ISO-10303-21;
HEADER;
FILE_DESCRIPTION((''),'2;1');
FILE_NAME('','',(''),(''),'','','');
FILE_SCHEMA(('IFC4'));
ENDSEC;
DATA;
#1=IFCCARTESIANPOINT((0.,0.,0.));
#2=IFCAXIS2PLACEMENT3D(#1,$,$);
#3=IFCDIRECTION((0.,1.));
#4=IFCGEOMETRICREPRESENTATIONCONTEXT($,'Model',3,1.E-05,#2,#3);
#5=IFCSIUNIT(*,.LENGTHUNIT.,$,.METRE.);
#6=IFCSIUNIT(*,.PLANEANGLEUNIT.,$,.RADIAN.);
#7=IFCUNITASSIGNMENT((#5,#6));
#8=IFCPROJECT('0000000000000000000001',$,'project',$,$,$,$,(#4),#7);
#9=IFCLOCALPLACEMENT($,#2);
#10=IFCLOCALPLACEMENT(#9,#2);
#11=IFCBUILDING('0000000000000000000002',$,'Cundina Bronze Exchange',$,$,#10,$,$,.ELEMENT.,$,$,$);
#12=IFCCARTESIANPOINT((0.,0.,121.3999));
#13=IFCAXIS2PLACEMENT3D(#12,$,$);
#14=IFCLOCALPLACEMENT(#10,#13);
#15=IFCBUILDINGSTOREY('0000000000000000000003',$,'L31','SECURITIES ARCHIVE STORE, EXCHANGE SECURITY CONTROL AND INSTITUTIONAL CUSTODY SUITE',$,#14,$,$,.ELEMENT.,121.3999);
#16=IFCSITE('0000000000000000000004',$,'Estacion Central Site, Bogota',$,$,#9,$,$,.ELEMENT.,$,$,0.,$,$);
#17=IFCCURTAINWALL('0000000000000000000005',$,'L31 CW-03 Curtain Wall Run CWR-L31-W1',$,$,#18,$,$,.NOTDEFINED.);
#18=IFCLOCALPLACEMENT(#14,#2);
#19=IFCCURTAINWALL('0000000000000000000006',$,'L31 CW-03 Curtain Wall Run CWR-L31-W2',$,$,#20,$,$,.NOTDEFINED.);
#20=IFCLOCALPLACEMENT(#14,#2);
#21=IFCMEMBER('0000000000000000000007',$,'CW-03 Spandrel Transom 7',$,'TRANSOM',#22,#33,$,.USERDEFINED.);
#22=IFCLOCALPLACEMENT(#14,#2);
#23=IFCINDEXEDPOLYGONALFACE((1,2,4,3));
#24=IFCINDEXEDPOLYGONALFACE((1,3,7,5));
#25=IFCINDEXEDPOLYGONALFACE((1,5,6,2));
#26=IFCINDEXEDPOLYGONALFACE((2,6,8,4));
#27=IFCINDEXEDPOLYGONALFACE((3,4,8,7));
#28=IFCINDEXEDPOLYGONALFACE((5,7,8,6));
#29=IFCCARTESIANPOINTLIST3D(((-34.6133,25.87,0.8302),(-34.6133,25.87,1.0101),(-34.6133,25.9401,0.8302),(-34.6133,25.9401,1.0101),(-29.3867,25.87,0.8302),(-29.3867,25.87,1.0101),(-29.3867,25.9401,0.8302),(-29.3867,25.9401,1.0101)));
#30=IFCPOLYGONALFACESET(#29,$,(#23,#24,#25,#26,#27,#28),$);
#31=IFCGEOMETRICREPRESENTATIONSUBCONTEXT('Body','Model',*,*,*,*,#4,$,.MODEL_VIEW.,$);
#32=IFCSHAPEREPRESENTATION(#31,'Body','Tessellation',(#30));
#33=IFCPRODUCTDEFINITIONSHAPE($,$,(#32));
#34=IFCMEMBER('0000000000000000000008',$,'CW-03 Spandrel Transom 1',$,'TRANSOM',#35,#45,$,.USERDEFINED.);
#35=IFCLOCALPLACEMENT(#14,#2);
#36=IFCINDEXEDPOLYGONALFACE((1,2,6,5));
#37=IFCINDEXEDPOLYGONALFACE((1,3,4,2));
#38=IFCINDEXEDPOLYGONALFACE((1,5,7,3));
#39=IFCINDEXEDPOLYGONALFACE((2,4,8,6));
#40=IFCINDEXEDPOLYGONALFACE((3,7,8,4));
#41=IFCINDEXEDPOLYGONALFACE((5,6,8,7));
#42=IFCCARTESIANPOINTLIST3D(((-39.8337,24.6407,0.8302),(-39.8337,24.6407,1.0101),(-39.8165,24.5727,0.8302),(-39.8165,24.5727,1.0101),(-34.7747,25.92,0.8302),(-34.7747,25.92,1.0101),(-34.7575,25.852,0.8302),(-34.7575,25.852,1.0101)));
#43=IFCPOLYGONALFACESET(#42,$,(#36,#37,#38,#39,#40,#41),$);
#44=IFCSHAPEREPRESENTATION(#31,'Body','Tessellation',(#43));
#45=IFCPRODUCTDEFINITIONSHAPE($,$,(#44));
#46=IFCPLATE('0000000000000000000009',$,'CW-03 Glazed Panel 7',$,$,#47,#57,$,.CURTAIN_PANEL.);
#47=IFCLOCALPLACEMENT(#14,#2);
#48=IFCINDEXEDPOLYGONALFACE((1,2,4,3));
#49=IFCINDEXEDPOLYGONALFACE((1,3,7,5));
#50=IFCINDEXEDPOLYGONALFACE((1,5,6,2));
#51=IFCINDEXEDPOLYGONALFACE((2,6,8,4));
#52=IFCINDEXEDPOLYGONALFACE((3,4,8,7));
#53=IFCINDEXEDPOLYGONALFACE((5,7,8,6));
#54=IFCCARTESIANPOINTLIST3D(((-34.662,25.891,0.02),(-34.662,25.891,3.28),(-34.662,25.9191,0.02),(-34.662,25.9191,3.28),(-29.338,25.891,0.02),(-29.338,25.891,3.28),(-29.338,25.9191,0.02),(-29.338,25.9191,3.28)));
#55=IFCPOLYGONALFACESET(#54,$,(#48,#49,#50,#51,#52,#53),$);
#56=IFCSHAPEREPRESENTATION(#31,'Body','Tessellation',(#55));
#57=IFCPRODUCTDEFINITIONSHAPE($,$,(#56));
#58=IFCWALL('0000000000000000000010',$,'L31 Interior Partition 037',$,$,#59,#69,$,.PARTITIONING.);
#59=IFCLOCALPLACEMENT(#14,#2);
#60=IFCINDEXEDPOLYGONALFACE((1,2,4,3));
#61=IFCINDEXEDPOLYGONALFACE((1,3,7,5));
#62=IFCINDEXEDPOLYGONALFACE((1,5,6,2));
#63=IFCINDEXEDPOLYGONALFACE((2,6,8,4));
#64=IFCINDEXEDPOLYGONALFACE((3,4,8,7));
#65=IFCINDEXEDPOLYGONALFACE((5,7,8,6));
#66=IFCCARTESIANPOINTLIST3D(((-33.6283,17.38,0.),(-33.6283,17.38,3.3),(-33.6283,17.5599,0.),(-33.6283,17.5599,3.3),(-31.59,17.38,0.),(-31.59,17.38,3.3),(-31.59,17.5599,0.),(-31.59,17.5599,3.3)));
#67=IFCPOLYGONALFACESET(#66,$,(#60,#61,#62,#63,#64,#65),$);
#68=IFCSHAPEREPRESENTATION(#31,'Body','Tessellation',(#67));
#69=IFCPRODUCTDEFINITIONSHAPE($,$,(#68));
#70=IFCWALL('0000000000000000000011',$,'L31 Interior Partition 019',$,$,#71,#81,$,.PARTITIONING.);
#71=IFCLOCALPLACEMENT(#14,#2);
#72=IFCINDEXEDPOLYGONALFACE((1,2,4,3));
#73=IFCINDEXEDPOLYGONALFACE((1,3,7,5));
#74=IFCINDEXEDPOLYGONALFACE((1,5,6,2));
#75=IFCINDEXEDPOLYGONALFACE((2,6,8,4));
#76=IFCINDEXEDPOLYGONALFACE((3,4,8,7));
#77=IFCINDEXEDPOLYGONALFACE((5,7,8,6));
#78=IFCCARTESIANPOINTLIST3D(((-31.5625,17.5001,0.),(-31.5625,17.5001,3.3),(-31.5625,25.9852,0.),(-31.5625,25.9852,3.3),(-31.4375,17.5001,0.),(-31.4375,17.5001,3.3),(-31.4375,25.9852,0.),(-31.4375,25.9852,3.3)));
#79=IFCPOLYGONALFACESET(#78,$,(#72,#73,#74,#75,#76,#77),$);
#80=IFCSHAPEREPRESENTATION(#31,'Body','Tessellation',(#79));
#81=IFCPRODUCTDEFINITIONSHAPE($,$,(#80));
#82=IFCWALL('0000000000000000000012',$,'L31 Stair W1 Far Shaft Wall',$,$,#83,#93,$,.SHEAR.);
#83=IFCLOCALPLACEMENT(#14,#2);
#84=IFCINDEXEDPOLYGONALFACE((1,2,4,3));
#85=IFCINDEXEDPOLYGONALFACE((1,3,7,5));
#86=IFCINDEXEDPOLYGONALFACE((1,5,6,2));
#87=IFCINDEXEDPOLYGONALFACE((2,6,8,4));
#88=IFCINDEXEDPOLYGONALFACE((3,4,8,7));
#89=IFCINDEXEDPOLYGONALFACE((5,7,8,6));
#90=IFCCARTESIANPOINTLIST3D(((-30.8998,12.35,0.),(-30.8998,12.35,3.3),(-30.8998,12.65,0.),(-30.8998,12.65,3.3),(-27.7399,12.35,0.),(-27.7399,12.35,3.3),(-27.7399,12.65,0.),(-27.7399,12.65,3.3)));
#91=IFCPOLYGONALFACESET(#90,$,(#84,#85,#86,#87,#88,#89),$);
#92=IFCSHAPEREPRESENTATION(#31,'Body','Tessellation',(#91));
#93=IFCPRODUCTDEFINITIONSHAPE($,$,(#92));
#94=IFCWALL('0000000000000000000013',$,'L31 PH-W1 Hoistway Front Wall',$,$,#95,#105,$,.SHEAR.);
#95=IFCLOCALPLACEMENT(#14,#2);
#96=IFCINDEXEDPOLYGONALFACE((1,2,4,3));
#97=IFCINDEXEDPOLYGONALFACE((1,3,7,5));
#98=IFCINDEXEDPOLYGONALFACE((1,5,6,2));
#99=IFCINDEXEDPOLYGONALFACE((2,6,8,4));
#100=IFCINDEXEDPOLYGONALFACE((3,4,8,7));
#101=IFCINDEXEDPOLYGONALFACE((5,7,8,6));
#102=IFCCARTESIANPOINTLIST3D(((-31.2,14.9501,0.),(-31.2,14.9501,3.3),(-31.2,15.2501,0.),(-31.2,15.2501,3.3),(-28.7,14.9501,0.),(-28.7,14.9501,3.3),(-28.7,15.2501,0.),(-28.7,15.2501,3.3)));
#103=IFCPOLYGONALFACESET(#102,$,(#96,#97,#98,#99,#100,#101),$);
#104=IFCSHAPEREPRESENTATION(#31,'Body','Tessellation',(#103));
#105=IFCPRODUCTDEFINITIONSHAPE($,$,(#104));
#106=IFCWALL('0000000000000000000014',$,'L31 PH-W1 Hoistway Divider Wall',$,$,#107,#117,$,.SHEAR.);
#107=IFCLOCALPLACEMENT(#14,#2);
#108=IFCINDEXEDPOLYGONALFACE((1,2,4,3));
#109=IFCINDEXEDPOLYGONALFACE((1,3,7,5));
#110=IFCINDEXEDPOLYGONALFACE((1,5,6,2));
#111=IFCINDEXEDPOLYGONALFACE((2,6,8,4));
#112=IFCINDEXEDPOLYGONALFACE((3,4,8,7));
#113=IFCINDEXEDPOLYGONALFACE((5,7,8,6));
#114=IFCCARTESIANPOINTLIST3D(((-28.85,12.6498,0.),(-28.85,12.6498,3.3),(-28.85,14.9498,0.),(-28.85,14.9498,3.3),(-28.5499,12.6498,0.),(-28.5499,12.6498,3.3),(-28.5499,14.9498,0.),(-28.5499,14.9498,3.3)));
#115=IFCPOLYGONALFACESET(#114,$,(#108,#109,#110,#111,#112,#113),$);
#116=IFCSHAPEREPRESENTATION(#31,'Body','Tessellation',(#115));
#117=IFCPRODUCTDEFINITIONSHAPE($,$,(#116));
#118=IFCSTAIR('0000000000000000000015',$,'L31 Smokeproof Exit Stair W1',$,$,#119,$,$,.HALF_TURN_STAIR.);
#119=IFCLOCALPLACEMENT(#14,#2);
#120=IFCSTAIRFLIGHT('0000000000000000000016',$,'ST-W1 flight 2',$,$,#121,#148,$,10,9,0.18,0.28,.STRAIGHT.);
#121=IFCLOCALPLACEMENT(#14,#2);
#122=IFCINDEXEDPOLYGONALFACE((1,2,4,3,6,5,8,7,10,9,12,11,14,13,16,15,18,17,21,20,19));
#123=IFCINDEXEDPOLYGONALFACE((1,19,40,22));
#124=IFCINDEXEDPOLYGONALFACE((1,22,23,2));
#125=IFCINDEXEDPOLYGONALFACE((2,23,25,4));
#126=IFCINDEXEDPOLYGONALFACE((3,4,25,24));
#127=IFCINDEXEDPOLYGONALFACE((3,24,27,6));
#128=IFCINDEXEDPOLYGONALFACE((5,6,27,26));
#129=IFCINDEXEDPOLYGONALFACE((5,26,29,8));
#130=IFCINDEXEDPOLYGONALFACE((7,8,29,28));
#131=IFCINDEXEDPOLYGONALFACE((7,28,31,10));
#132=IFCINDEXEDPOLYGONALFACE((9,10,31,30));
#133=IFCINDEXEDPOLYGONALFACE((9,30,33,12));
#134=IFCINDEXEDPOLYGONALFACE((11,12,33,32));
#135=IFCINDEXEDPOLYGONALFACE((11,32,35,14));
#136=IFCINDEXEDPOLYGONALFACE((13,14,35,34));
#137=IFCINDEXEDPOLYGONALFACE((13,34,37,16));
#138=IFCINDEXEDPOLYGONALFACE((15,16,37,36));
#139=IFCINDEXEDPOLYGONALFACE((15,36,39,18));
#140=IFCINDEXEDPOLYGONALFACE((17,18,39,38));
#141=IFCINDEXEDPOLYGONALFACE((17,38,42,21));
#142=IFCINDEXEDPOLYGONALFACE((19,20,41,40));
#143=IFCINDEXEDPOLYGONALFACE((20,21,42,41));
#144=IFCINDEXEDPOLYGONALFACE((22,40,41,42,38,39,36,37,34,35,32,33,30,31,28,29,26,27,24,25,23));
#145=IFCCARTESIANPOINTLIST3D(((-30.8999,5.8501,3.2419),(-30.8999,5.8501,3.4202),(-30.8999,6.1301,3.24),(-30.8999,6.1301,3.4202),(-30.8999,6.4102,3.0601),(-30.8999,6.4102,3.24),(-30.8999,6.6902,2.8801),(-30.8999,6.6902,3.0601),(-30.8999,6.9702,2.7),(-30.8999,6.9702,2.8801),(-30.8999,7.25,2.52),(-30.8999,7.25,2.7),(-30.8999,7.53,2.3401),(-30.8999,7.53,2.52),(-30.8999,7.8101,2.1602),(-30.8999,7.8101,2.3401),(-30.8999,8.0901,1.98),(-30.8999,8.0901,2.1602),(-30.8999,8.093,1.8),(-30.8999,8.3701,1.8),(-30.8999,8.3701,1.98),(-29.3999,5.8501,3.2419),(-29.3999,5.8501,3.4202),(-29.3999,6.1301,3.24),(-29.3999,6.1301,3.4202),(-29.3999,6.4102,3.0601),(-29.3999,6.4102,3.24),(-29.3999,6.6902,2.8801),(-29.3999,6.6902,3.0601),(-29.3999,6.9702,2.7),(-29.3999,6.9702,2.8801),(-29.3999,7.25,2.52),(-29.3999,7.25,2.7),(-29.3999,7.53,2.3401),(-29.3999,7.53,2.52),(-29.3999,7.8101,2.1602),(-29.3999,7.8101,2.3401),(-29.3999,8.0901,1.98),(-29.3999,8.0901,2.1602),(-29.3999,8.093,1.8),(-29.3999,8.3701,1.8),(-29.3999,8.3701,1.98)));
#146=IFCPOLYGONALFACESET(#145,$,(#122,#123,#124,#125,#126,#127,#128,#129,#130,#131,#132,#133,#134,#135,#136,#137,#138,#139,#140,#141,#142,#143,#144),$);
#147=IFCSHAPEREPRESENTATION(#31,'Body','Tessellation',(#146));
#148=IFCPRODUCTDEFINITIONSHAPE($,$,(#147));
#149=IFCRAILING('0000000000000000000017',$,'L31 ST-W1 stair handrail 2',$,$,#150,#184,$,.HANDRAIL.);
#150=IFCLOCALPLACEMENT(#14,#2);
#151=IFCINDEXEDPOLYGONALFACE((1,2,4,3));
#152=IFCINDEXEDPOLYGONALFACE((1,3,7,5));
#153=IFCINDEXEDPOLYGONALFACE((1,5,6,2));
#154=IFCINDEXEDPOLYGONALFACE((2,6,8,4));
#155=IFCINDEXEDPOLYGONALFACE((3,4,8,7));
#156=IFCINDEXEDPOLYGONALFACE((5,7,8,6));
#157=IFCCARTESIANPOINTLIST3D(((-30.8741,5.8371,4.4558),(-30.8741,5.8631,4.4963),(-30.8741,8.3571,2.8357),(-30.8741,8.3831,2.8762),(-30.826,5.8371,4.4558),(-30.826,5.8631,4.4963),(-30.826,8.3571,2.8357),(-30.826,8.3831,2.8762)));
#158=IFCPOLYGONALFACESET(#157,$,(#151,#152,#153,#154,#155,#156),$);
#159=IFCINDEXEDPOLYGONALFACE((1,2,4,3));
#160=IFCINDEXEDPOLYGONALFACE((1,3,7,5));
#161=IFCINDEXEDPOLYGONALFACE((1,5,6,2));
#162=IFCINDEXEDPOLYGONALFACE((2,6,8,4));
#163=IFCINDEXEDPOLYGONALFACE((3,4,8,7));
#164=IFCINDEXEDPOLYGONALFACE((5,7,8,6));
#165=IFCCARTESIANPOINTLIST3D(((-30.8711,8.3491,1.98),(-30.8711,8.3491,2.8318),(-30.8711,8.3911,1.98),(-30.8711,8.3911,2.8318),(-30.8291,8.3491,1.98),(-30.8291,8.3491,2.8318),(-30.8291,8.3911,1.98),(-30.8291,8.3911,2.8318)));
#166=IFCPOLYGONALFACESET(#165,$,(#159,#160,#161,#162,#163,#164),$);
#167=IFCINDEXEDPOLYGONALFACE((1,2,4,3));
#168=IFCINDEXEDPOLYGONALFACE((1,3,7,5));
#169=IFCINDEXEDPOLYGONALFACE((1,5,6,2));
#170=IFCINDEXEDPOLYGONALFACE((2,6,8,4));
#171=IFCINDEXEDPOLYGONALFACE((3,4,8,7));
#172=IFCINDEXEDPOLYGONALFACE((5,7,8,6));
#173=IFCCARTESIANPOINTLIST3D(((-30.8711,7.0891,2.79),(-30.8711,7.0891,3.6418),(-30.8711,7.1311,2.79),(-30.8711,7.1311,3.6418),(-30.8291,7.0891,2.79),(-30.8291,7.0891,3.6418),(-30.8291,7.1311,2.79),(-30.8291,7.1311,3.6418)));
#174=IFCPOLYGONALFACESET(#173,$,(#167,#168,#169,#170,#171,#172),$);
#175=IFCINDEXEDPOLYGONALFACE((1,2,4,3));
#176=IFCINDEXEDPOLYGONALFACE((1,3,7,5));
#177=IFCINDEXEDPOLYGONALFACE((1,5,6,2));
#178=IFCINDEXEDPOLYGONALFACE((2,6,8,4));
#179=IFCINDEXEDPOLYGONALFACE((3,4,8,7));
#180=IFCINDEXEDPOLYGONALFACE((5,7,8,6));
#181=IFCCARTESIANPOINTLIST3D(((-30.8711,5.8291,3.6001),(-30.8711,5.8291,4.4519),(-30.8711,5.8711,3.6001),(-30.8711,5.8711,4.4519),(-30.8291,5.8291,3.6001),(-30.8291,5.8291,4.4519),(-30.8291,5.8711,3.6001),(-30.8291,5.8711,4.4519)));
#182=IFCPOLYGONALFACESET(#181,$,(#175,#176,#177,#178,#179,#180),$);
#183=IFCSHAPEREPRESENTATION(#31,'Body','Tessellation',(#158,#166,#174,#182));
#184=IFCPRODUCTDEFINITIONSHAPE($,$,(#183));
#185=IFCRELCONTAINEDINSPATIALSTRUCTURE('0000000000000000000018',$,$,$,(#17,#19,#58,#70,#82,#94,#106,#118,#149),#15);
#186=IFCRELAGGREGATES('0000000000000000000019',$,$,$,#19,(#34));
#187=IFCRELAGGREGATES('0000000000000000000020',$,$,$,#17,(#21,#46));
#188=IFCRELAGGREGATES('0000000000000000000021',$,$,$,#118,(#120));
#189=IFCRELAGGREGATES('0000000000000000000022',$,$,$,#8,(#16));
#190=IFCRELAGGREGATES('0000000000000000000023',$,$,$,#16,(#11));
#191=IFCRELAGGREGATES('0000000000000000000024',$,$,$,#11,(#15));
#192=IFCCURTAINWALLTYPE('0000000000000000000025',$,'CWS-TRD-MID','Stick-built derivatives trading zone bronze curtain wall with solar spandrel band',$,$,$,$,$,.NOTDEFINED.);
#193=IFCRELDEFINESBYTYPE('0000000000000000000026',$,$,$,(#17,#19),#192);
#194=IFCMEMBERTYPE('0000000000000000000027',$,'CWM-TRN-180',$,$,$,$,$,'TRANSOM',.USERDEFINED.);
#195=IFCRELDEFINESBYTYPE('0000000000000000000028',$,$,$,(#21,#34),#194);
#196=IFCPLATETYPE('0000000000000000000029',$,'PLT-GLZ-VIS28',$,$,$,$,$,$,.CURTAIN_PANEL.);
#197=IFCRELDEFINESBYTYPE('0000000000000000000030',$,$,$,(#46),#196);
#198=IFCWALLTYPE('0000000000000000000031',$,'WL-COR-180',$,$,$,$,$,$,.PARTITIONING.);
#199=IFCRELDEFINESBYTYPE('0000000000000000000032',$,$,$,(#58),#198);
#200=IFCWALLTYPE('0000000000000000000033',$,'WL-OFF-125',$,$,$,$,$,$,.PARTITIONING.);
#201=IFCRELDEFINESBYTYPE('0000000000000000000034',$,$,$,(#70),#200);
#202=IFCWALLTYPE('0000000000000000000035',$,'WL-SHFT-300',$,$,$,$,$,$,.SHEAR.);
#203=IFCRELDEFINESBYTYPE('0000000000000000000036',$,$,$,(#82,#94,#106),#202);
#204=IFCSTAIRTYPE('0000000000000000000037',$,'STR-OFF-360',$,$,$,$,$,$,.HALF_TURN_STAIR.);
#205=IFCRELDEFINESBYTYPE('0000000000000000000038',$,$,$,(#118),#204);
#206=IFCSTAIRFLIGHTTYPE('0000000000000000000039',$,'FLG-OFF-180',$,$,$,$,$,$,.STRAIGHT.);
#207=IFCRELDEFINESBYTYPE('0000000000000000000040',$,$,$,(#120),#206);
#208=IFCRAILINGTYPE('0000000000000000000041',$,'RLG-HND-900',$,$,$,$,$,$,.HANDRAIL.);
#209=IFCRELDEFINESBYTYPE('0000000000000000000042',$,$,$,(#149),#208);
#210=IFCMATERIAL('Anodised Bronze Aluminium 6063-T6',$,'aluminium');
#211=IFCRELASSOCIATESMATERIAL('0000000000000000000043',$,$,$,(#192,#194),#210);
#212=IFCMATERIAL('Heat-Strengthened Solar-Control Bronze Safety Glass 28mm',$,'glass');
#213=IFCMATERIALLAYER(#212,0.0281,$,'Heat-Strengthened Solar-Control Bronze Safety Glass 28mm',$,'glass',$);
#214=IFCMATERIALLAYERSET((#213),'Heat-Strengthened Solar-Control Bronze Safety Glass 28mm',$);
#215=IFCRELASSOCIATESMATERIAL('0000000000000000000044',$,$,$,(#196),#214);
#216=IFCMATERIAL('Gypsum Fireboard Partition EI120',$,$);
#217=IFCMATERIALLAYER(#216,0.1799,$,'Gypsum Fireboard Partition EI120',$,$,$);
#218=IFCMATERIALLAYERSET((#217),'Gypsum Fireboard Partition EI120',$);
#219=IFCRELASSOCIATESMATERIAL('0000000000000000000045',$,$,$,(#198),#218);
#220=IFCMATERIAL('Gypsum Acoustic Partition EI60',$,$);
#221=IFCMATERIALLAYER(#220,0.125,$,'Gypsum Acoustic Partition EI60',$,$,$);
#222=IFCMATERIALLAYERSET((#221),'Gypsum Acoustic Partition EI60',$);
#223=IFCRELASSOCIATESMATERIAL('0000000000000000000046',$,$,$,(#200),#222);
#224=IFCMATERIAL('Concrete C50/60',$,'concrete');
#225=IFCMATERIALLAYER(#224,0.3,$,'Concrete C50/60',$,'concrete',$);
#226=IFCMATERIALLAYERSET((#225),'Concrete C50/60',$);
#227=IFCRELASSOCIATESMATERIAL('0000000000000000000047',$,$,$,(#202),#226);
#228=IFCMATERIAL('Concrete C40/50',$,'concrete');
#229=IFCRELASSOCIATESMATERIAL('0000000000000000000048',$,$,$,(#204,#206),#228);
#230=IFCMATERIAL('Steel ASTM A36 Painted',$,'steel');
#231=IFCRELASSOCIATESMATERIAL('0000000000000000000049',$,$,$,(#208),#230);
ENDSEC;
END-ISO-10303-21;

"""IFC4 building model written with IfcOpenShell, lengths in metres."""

from ifc_helpers import new_model, si_unit, direction, frame, frame_2d, origin, origin_2d, place, context, subcontext, project, spatial, polyline, rectangle, outline, extrude, material, layer, layer_set, material_profile, profile_set, type_object, element, aggregate, save


model = new_model("IFC4")

# Units and contexts
model_context = context("Model", 3, precision=1e-05, world=origin(), true_north=direction((0.0, 1.0)))
body_context = subcontext(model_context, "Body", "Model", "MODEL_VIEW")
ifc_project = project(units=[si_unit("LENGTHUNIT", "METRE"), si_unit("PLANEANGLEUNIT", "RADIAN")], contexts=[model_context])

# Site, building, storey
site_placement = place(None, origin())
site = spatial("IfcSite", under=ifc_project, at=site_placement, Name="Estacion Central Site, Bogota", CompositionType="ELEMENT", RefElevation=0.0)
building_placement = place(site_placement, origin())
building = spatial("IfcBuilding", under=site, at=building_placement, Name="Cundina Bronze Exchange", CompositionType="ELEMENT")
storey_placement = place(building_placement, frame((0.0, 0.0, 121.3999)))
storey = spatial("IfcBuildingStorey", under=building, at=storey_placement, Name="L31", Description="SECURITIES ARCHIVE STORE, EXCHANGE SECURITY CONTROL AND INSTITUTIONAL CUSTODY SUITE", CompositionType="ELEMENT", Elevation=121.3999)

# Curtain wall
ifc_material_1 = material(Name="Anodised Bronze Aluminium 6063-T6", Category="aluminium")
curtain_wall_type = type_object("IfcCurtainWallType", Name="CWS-TRD-MID", Description="Stick-built derivatives trading zone bronze curtain wall with solar spandrel band", PredefinedType="NOTDEFINED", material=ifc_material_1)
curtain_wall_1_placement = place(storey_placement, origin())
curtain_wall_1 = element("IfcCurtainWall", 1, at=curtain_wall_1_placement, inside=storey, type_object=curtain_wall_type, Name="L31 CW-03 Curtain Wall Run CWR-L31-W1", PredefinedType="NOTDEFINED")

# Curtain wall
curtain_wall_2_placement = place(storey_placement, origin())
curtain_wall_2 = element("IfcCurtainWall", 2, at=curtain_wall_2_placement, inside=storey, type_object=curtain_wall_type, Name="L31 CW-03 Curtain Wall Run CWR-L31-W2", PredefinedType="NOTDEFINED")

# Members
ifc_material_profile_1 = material_profile(ifc_material_1, rectangle(XDim=0.0701, YDim=0.1799, at=origin_2d()), Name="AL70X180", Category="aluminium")
ifc_profile_set_1 = profile_set([ifc_material_profile_1], Name="Anodised Bronze Aluminium 6063-T6")
member_type_1 = type_object("IfcMemberType", Name="CWM-TRN-180", ElementType="TRANSOM", PredefinedType="USERDEFINED", material=ifc_profile_set_1)
member_1_placement = place(storey_placement, frame((-29.3867, 25.905, 0.9202), z_axis=(-1.0, 0.0, 0.0), x_axis=(0.0, -1.0, 0.0)))
member_1 = element("IfcMember", 3, at=member_1_placement, type_object=member_type_1, Name="CW-03 Spandrel Transom 7", ObjectType="TRANSOM", PredefinedType="USERDEFINED", context=body_context, shape_type="SweptSolid", body=[
    extrude(rectangle(XDim=0.0701, YDim=0.1799, at=origin_2d()), origin(), (0.0, 0.0, 1.0), 5.2266),
])
member_2_placement = place(storey_placement, frame((-34.7661, 25.886, 0.9202), z_axis=(-0.969484, -0.245155, 0.0), x_axis=(0.245155, -0.969484, 0.0)))
member_2 = element("IfcMember", 4, at=member_2_placement, type_object=member_type_1, Name="CW-03 Spandrel Transom 1", ObjectType="TRANSOM", PredefinedType="USERDEFINED", context=body_context, shape_type="SweptSolid", body=[
    extrude(rectangle(XDim=0.0701, YDim=0.1799, at=origin_2d()), origin(), (0.0, 0.0, 1.0), 5.2183),
])
aggregate(curtain_wall_2, [member_2])

# Plate
ifc_material_2 = material(Name="Heat-Strengthened Solar-Control Bronze Safety Glass 28mm", Category="glass")
ifc_layer_1 = layer(ifc_material_2, 0.0281, Name="Heat-Strengthened Solar-Control Bronze Safety Glass 28mm", Category="glass")
ifc_layer_set_1 = layer_set([ifc_layer_1], Name="Heat-Strengthened Solar-Control Bronze Safety Glass 28mm")
plate_type = type_object("IfcPlateType", Name="PLT-GLZ-VIS28", PredefinedType="CURTAIN_PANEL", material=ifc_layer_set_1)
plate_placement = place(storey_placement, frame((-32.0, 25.905, 0.02), z_axis=(0.0, 0.0, 1.0), x_axis=(-1.0, 0.0, 0.0)))
plate = element("IfcPlate", 5, at=plate_placement, type_object=plate_type, Name="CW-03 Glazed Panel 7", PredefinedType="CURTAIN_PANEL", context=body_context, shape_type="SweptSolid", body=[
    extrude(rectangle(XDim=5.324, YDim=0.0281, at=origin_2d()), origin(), (0.0, 0.0, 1.0), 3.26),
])
aggregate(curtain_wall_1, [member_1, plate])

# Shared definitions
ifc_material_3 = material(Name="Gypsum Fireboard Partition EI120")
ifc_layer_2 = layer(ifc_material_3, 0.1799, Name="Gypsum Fireboard Partition EI120")
ifc_layer_set_2 = layer_set([ifc_layer_2], Name="Gypsum Fireboard Partition EI120")
wall_type_1 = type_object("IfcWallType", Name="WL-COR-180", PredefinedType="PARTITIONING", material=ifc_layer_set_2)

# Walls
wall_1_placement = place(storey_placement, frame((-31.5901, 17.47, 0.0), z_axis=(0.0, 0.0, 1.0), x_axis=(-1.0, 0.0, 0.0)))
element("IfcWall", 6, at=wall_1_placement, inside=storey, type_object=wall_type_1, Name="L31 Interior Partition 037", PredefinedType="PARTITIONING", context=body_context, shape_type="SweptSolid", body=[
    extrude(rectangle(XDim=2.0383, YDim=0.1799, at=frame_2d((1.019, 0.0))), origin(), (0.0, 0.0, 1.0), 3.3),
])
ifc_material_4 = material(Name="Gypsum Acoustic Partition EI60")
ifc_layer_3 = layer(ifc_material_4, 0.125, Name="Gypsum Acoustic Partition EI60")
ifc_layer_set_3 = layer_set([ifc_layer_3], Name="Gypsum Acoustic Partition EI60")
wall_type_2 = type_object("IfcWallType", Name="WL-OFF-125", PredefinedType="PARTITIONING", material=ifc_layer_set_3)
wall_2_placement = place(storey_placement, frame((-31.5, 17.5, 0.0), z_axis=(0.0, 0.0, 1.0), x_axis=(0.0, 1.0, 0.0)))
element("IfcWall", 7, at=wall_2_placement, inside=storey, type_object=wall_type_2, Name="L31 Interior Partition 019", PredefinedType="PARTITIONING", context=body_context, shape_type="SweptSolid", body=[
    extrude(rectangle(XDim=8.4851, YDim=0.125, at=frame_2d((4.2427, 0.0))), origin(), (0.0, 0.0, 1.0), 3.3),
])

# Shared definitions
ifc_material_5 = material(Name="Concrete C50/60", Category="concrete")
ifc_layer_4 = layer(ifc_material_5, 0.3, Name="Concrete C50/60", Category="concrete")
ifc_layer_set_4 = layer_set([ifc_layer_4], Name="Concrete C50/60")
wall_type_3 = type_object("IfcWallType", Name="WL-SHFT-300", PredefinedType="SHEAR", material=ifc_layer_set_4)
ifc_material_6 = material(Name="Steel ASTM A36 Painted", Category="steel")

# Walls
wall_3_placement = place(storey_placement, frame((-30.8999, 12.5, 0.0), z_axis=(0.0, 0.0, 1.0), x_axis=(1.0, 0.0, 0.0)))
element("IfcWall", 8, at=wall_3_placement, inside=storey, type_object=wall_type_3, Name="L31 Stair W1 Far Shaft Wall", PredefinedType="SHEAR", context=body_context, shape_type="SweptSolid", body=[
    extrude(rectangle(XDim=3.1599, YDim=0.3, at=frame_2d((1.5801, 0.0))), origin(), (0.0, 0.0, 1.0), 3.3),
])
wall_4_placement = place(storey_placement, frame((-31.2, 15.1001, 0.0), z_axis=(0.0, 0.0, 1.0), x_axis=(1.0, 0.0, 0.0)))
element("IfcWall", 9, at=wall_4_placement, inside=storey, type_object=wall_type_3, Name="L31 PH-W1 Hoistway Front Wall", PredefinedType="SHEAR", context=body_context, shape_type="SweptSolid", body=[
    extrude(rectangle(XDim=2.5, YDim=0.3, at=frame_2d((1.25, 0.0))), origin(), (0.0, 0.0, 1.0), 3.3),
])
wall_5_placement = place(storey_placement, frame((-28.7, 12.6499, 0.0), z_axis=(0.0, 0.0, 1.0), x_axis=(0.0, 1.0, 0.0)))
element("IfcWall", 10, at=wall_5_placement, inside=storey, type_object=wall_type_3, Name="L31 PH-W1 Hoistway Divider Wall", PredefinedType="SHEAR", context=body_context, shape_type="SweptSolid", body=[
    extrude(rectangle(XDim=2.3, YDim=0.3, at=frame_2d((1.1499, 0.0))), origin(), (0.0, 0.0, 1.0), 3.3),
])

# Stair, stair flight
ifc_material_7 = material(Name="Concrete C40/50", Category="concrete")
stair_type = type_object("IfcStairType", Name="STR-OFF-360", PredefinedType="HALF_TURN_STAIR", material=ifc_material_7)
stair_placement = place(storey_placement, origin())
stair = element("IfcStair", 11, at=stair_placement, inside=storey, type_object=stair_type, Name="L31 Smokeproof Exit Stair W1", PredefinedType="HALF_TURN_STAIR")
stair_flight_type = type_object("IfcStairFlightType", Name="FLG-OFF-180", PredefinedType="STRAIGHT", material=ifc_material_7)
stair_flight_placement = place(storey_placement, frame((-30.1499, 8.3701, 1.8), z_axis=(0.0, 0.0, 1.0), x_axis=(0.0, -1.0, 0.0)))
stair_flight = element("IfcStairFlight", 12, at=stair_flight_placement, type_object=stair_flight_type, Name="ST-W1 flight 2", NumberOfRisers=10, NumberOfTreads=9, PredefinedType="STRAIGHT", RiserHeight=0.18, TreadLength=0.28, context=body_context, shape_type="SweptSolid", body=[
    extrude(outline(polyline([(0.0, 0.0), (0.0, 0.1799), (0.28, 0.1799), (0.28, 0.3601), (0.5601, 0.3601), (0.5601, 0.54), (0.8401, 0.54), (0.8401, 0.72), (1.1201, 0.72), (1.1201, 0.8999), (1.3999, 0.8999), (1.3999, 1.0801), (1.6799, 1.0801), (1.6799, 1.26), (1.96, 1.26), (1.96, 1.4399), (2.24, 1.4399), (2.24, 1.6201), (2.52, 1.6201), (2.52, 1.8), (2.52, 1.4419), (0.2771, 0.0), (0.0, 0.0)])), frame((0.0, 0.75, 0.0), z_axis=(0.0, -1.0, 0.0), x_axis=(1.0, 0.0, 0.0)), (0.0, 0.0, 1.0), 1.5),
])
aggregate(stair, [stair_flight])

# Railing
railing_type_1 = type_object("IfcRailingType", Name="RLG-HND-900", PredefinedType="HANDRAIL", material=ifc_material_6)
railing_1_placement = place(storey_placement, frame((-30.8501, 8.3701, 1.98)))
element("IfcRailing", 13, at=railing_1_placement, inside=storey, type_object=railing_type_1, Name="L31 ST-W1 stair handrail 2", PredefinedType="HANDRAIL", context=body_context, shape_type="SweptSolid", body=[
    extrude(rectangle(XDim=0.0481, YDim=0.0481, at=origin_2d()), frame((0.0, 0.0, 0.876), z_axis=(0.0, -0.841163, 0.540782), x_axis=(1.0, 0.0, 0.0)), (0.0, 0.0, 1.0), 2.9958),
    extrude(rectangle(XDim=0.042, YDim=0.042, at=origin_2d()), origin(), (0.0, 0.0, 1.0), 0.8518),
    extrude(rectangle(XDim=0.042, YDim=0.042, at=origin_2d()), frame((0.0, -1.26, 0.8101)), (0.0, 0.0, 1.0), 0.8518),
    extrude(rectangle(XDim=0.042, YDim=0.042, at=origin_2d()), frame((0.0, -2.52, 1.6201)), (0.0, 0.0, 1.0), 0.8518),
])

save(model, "model.ifc")
